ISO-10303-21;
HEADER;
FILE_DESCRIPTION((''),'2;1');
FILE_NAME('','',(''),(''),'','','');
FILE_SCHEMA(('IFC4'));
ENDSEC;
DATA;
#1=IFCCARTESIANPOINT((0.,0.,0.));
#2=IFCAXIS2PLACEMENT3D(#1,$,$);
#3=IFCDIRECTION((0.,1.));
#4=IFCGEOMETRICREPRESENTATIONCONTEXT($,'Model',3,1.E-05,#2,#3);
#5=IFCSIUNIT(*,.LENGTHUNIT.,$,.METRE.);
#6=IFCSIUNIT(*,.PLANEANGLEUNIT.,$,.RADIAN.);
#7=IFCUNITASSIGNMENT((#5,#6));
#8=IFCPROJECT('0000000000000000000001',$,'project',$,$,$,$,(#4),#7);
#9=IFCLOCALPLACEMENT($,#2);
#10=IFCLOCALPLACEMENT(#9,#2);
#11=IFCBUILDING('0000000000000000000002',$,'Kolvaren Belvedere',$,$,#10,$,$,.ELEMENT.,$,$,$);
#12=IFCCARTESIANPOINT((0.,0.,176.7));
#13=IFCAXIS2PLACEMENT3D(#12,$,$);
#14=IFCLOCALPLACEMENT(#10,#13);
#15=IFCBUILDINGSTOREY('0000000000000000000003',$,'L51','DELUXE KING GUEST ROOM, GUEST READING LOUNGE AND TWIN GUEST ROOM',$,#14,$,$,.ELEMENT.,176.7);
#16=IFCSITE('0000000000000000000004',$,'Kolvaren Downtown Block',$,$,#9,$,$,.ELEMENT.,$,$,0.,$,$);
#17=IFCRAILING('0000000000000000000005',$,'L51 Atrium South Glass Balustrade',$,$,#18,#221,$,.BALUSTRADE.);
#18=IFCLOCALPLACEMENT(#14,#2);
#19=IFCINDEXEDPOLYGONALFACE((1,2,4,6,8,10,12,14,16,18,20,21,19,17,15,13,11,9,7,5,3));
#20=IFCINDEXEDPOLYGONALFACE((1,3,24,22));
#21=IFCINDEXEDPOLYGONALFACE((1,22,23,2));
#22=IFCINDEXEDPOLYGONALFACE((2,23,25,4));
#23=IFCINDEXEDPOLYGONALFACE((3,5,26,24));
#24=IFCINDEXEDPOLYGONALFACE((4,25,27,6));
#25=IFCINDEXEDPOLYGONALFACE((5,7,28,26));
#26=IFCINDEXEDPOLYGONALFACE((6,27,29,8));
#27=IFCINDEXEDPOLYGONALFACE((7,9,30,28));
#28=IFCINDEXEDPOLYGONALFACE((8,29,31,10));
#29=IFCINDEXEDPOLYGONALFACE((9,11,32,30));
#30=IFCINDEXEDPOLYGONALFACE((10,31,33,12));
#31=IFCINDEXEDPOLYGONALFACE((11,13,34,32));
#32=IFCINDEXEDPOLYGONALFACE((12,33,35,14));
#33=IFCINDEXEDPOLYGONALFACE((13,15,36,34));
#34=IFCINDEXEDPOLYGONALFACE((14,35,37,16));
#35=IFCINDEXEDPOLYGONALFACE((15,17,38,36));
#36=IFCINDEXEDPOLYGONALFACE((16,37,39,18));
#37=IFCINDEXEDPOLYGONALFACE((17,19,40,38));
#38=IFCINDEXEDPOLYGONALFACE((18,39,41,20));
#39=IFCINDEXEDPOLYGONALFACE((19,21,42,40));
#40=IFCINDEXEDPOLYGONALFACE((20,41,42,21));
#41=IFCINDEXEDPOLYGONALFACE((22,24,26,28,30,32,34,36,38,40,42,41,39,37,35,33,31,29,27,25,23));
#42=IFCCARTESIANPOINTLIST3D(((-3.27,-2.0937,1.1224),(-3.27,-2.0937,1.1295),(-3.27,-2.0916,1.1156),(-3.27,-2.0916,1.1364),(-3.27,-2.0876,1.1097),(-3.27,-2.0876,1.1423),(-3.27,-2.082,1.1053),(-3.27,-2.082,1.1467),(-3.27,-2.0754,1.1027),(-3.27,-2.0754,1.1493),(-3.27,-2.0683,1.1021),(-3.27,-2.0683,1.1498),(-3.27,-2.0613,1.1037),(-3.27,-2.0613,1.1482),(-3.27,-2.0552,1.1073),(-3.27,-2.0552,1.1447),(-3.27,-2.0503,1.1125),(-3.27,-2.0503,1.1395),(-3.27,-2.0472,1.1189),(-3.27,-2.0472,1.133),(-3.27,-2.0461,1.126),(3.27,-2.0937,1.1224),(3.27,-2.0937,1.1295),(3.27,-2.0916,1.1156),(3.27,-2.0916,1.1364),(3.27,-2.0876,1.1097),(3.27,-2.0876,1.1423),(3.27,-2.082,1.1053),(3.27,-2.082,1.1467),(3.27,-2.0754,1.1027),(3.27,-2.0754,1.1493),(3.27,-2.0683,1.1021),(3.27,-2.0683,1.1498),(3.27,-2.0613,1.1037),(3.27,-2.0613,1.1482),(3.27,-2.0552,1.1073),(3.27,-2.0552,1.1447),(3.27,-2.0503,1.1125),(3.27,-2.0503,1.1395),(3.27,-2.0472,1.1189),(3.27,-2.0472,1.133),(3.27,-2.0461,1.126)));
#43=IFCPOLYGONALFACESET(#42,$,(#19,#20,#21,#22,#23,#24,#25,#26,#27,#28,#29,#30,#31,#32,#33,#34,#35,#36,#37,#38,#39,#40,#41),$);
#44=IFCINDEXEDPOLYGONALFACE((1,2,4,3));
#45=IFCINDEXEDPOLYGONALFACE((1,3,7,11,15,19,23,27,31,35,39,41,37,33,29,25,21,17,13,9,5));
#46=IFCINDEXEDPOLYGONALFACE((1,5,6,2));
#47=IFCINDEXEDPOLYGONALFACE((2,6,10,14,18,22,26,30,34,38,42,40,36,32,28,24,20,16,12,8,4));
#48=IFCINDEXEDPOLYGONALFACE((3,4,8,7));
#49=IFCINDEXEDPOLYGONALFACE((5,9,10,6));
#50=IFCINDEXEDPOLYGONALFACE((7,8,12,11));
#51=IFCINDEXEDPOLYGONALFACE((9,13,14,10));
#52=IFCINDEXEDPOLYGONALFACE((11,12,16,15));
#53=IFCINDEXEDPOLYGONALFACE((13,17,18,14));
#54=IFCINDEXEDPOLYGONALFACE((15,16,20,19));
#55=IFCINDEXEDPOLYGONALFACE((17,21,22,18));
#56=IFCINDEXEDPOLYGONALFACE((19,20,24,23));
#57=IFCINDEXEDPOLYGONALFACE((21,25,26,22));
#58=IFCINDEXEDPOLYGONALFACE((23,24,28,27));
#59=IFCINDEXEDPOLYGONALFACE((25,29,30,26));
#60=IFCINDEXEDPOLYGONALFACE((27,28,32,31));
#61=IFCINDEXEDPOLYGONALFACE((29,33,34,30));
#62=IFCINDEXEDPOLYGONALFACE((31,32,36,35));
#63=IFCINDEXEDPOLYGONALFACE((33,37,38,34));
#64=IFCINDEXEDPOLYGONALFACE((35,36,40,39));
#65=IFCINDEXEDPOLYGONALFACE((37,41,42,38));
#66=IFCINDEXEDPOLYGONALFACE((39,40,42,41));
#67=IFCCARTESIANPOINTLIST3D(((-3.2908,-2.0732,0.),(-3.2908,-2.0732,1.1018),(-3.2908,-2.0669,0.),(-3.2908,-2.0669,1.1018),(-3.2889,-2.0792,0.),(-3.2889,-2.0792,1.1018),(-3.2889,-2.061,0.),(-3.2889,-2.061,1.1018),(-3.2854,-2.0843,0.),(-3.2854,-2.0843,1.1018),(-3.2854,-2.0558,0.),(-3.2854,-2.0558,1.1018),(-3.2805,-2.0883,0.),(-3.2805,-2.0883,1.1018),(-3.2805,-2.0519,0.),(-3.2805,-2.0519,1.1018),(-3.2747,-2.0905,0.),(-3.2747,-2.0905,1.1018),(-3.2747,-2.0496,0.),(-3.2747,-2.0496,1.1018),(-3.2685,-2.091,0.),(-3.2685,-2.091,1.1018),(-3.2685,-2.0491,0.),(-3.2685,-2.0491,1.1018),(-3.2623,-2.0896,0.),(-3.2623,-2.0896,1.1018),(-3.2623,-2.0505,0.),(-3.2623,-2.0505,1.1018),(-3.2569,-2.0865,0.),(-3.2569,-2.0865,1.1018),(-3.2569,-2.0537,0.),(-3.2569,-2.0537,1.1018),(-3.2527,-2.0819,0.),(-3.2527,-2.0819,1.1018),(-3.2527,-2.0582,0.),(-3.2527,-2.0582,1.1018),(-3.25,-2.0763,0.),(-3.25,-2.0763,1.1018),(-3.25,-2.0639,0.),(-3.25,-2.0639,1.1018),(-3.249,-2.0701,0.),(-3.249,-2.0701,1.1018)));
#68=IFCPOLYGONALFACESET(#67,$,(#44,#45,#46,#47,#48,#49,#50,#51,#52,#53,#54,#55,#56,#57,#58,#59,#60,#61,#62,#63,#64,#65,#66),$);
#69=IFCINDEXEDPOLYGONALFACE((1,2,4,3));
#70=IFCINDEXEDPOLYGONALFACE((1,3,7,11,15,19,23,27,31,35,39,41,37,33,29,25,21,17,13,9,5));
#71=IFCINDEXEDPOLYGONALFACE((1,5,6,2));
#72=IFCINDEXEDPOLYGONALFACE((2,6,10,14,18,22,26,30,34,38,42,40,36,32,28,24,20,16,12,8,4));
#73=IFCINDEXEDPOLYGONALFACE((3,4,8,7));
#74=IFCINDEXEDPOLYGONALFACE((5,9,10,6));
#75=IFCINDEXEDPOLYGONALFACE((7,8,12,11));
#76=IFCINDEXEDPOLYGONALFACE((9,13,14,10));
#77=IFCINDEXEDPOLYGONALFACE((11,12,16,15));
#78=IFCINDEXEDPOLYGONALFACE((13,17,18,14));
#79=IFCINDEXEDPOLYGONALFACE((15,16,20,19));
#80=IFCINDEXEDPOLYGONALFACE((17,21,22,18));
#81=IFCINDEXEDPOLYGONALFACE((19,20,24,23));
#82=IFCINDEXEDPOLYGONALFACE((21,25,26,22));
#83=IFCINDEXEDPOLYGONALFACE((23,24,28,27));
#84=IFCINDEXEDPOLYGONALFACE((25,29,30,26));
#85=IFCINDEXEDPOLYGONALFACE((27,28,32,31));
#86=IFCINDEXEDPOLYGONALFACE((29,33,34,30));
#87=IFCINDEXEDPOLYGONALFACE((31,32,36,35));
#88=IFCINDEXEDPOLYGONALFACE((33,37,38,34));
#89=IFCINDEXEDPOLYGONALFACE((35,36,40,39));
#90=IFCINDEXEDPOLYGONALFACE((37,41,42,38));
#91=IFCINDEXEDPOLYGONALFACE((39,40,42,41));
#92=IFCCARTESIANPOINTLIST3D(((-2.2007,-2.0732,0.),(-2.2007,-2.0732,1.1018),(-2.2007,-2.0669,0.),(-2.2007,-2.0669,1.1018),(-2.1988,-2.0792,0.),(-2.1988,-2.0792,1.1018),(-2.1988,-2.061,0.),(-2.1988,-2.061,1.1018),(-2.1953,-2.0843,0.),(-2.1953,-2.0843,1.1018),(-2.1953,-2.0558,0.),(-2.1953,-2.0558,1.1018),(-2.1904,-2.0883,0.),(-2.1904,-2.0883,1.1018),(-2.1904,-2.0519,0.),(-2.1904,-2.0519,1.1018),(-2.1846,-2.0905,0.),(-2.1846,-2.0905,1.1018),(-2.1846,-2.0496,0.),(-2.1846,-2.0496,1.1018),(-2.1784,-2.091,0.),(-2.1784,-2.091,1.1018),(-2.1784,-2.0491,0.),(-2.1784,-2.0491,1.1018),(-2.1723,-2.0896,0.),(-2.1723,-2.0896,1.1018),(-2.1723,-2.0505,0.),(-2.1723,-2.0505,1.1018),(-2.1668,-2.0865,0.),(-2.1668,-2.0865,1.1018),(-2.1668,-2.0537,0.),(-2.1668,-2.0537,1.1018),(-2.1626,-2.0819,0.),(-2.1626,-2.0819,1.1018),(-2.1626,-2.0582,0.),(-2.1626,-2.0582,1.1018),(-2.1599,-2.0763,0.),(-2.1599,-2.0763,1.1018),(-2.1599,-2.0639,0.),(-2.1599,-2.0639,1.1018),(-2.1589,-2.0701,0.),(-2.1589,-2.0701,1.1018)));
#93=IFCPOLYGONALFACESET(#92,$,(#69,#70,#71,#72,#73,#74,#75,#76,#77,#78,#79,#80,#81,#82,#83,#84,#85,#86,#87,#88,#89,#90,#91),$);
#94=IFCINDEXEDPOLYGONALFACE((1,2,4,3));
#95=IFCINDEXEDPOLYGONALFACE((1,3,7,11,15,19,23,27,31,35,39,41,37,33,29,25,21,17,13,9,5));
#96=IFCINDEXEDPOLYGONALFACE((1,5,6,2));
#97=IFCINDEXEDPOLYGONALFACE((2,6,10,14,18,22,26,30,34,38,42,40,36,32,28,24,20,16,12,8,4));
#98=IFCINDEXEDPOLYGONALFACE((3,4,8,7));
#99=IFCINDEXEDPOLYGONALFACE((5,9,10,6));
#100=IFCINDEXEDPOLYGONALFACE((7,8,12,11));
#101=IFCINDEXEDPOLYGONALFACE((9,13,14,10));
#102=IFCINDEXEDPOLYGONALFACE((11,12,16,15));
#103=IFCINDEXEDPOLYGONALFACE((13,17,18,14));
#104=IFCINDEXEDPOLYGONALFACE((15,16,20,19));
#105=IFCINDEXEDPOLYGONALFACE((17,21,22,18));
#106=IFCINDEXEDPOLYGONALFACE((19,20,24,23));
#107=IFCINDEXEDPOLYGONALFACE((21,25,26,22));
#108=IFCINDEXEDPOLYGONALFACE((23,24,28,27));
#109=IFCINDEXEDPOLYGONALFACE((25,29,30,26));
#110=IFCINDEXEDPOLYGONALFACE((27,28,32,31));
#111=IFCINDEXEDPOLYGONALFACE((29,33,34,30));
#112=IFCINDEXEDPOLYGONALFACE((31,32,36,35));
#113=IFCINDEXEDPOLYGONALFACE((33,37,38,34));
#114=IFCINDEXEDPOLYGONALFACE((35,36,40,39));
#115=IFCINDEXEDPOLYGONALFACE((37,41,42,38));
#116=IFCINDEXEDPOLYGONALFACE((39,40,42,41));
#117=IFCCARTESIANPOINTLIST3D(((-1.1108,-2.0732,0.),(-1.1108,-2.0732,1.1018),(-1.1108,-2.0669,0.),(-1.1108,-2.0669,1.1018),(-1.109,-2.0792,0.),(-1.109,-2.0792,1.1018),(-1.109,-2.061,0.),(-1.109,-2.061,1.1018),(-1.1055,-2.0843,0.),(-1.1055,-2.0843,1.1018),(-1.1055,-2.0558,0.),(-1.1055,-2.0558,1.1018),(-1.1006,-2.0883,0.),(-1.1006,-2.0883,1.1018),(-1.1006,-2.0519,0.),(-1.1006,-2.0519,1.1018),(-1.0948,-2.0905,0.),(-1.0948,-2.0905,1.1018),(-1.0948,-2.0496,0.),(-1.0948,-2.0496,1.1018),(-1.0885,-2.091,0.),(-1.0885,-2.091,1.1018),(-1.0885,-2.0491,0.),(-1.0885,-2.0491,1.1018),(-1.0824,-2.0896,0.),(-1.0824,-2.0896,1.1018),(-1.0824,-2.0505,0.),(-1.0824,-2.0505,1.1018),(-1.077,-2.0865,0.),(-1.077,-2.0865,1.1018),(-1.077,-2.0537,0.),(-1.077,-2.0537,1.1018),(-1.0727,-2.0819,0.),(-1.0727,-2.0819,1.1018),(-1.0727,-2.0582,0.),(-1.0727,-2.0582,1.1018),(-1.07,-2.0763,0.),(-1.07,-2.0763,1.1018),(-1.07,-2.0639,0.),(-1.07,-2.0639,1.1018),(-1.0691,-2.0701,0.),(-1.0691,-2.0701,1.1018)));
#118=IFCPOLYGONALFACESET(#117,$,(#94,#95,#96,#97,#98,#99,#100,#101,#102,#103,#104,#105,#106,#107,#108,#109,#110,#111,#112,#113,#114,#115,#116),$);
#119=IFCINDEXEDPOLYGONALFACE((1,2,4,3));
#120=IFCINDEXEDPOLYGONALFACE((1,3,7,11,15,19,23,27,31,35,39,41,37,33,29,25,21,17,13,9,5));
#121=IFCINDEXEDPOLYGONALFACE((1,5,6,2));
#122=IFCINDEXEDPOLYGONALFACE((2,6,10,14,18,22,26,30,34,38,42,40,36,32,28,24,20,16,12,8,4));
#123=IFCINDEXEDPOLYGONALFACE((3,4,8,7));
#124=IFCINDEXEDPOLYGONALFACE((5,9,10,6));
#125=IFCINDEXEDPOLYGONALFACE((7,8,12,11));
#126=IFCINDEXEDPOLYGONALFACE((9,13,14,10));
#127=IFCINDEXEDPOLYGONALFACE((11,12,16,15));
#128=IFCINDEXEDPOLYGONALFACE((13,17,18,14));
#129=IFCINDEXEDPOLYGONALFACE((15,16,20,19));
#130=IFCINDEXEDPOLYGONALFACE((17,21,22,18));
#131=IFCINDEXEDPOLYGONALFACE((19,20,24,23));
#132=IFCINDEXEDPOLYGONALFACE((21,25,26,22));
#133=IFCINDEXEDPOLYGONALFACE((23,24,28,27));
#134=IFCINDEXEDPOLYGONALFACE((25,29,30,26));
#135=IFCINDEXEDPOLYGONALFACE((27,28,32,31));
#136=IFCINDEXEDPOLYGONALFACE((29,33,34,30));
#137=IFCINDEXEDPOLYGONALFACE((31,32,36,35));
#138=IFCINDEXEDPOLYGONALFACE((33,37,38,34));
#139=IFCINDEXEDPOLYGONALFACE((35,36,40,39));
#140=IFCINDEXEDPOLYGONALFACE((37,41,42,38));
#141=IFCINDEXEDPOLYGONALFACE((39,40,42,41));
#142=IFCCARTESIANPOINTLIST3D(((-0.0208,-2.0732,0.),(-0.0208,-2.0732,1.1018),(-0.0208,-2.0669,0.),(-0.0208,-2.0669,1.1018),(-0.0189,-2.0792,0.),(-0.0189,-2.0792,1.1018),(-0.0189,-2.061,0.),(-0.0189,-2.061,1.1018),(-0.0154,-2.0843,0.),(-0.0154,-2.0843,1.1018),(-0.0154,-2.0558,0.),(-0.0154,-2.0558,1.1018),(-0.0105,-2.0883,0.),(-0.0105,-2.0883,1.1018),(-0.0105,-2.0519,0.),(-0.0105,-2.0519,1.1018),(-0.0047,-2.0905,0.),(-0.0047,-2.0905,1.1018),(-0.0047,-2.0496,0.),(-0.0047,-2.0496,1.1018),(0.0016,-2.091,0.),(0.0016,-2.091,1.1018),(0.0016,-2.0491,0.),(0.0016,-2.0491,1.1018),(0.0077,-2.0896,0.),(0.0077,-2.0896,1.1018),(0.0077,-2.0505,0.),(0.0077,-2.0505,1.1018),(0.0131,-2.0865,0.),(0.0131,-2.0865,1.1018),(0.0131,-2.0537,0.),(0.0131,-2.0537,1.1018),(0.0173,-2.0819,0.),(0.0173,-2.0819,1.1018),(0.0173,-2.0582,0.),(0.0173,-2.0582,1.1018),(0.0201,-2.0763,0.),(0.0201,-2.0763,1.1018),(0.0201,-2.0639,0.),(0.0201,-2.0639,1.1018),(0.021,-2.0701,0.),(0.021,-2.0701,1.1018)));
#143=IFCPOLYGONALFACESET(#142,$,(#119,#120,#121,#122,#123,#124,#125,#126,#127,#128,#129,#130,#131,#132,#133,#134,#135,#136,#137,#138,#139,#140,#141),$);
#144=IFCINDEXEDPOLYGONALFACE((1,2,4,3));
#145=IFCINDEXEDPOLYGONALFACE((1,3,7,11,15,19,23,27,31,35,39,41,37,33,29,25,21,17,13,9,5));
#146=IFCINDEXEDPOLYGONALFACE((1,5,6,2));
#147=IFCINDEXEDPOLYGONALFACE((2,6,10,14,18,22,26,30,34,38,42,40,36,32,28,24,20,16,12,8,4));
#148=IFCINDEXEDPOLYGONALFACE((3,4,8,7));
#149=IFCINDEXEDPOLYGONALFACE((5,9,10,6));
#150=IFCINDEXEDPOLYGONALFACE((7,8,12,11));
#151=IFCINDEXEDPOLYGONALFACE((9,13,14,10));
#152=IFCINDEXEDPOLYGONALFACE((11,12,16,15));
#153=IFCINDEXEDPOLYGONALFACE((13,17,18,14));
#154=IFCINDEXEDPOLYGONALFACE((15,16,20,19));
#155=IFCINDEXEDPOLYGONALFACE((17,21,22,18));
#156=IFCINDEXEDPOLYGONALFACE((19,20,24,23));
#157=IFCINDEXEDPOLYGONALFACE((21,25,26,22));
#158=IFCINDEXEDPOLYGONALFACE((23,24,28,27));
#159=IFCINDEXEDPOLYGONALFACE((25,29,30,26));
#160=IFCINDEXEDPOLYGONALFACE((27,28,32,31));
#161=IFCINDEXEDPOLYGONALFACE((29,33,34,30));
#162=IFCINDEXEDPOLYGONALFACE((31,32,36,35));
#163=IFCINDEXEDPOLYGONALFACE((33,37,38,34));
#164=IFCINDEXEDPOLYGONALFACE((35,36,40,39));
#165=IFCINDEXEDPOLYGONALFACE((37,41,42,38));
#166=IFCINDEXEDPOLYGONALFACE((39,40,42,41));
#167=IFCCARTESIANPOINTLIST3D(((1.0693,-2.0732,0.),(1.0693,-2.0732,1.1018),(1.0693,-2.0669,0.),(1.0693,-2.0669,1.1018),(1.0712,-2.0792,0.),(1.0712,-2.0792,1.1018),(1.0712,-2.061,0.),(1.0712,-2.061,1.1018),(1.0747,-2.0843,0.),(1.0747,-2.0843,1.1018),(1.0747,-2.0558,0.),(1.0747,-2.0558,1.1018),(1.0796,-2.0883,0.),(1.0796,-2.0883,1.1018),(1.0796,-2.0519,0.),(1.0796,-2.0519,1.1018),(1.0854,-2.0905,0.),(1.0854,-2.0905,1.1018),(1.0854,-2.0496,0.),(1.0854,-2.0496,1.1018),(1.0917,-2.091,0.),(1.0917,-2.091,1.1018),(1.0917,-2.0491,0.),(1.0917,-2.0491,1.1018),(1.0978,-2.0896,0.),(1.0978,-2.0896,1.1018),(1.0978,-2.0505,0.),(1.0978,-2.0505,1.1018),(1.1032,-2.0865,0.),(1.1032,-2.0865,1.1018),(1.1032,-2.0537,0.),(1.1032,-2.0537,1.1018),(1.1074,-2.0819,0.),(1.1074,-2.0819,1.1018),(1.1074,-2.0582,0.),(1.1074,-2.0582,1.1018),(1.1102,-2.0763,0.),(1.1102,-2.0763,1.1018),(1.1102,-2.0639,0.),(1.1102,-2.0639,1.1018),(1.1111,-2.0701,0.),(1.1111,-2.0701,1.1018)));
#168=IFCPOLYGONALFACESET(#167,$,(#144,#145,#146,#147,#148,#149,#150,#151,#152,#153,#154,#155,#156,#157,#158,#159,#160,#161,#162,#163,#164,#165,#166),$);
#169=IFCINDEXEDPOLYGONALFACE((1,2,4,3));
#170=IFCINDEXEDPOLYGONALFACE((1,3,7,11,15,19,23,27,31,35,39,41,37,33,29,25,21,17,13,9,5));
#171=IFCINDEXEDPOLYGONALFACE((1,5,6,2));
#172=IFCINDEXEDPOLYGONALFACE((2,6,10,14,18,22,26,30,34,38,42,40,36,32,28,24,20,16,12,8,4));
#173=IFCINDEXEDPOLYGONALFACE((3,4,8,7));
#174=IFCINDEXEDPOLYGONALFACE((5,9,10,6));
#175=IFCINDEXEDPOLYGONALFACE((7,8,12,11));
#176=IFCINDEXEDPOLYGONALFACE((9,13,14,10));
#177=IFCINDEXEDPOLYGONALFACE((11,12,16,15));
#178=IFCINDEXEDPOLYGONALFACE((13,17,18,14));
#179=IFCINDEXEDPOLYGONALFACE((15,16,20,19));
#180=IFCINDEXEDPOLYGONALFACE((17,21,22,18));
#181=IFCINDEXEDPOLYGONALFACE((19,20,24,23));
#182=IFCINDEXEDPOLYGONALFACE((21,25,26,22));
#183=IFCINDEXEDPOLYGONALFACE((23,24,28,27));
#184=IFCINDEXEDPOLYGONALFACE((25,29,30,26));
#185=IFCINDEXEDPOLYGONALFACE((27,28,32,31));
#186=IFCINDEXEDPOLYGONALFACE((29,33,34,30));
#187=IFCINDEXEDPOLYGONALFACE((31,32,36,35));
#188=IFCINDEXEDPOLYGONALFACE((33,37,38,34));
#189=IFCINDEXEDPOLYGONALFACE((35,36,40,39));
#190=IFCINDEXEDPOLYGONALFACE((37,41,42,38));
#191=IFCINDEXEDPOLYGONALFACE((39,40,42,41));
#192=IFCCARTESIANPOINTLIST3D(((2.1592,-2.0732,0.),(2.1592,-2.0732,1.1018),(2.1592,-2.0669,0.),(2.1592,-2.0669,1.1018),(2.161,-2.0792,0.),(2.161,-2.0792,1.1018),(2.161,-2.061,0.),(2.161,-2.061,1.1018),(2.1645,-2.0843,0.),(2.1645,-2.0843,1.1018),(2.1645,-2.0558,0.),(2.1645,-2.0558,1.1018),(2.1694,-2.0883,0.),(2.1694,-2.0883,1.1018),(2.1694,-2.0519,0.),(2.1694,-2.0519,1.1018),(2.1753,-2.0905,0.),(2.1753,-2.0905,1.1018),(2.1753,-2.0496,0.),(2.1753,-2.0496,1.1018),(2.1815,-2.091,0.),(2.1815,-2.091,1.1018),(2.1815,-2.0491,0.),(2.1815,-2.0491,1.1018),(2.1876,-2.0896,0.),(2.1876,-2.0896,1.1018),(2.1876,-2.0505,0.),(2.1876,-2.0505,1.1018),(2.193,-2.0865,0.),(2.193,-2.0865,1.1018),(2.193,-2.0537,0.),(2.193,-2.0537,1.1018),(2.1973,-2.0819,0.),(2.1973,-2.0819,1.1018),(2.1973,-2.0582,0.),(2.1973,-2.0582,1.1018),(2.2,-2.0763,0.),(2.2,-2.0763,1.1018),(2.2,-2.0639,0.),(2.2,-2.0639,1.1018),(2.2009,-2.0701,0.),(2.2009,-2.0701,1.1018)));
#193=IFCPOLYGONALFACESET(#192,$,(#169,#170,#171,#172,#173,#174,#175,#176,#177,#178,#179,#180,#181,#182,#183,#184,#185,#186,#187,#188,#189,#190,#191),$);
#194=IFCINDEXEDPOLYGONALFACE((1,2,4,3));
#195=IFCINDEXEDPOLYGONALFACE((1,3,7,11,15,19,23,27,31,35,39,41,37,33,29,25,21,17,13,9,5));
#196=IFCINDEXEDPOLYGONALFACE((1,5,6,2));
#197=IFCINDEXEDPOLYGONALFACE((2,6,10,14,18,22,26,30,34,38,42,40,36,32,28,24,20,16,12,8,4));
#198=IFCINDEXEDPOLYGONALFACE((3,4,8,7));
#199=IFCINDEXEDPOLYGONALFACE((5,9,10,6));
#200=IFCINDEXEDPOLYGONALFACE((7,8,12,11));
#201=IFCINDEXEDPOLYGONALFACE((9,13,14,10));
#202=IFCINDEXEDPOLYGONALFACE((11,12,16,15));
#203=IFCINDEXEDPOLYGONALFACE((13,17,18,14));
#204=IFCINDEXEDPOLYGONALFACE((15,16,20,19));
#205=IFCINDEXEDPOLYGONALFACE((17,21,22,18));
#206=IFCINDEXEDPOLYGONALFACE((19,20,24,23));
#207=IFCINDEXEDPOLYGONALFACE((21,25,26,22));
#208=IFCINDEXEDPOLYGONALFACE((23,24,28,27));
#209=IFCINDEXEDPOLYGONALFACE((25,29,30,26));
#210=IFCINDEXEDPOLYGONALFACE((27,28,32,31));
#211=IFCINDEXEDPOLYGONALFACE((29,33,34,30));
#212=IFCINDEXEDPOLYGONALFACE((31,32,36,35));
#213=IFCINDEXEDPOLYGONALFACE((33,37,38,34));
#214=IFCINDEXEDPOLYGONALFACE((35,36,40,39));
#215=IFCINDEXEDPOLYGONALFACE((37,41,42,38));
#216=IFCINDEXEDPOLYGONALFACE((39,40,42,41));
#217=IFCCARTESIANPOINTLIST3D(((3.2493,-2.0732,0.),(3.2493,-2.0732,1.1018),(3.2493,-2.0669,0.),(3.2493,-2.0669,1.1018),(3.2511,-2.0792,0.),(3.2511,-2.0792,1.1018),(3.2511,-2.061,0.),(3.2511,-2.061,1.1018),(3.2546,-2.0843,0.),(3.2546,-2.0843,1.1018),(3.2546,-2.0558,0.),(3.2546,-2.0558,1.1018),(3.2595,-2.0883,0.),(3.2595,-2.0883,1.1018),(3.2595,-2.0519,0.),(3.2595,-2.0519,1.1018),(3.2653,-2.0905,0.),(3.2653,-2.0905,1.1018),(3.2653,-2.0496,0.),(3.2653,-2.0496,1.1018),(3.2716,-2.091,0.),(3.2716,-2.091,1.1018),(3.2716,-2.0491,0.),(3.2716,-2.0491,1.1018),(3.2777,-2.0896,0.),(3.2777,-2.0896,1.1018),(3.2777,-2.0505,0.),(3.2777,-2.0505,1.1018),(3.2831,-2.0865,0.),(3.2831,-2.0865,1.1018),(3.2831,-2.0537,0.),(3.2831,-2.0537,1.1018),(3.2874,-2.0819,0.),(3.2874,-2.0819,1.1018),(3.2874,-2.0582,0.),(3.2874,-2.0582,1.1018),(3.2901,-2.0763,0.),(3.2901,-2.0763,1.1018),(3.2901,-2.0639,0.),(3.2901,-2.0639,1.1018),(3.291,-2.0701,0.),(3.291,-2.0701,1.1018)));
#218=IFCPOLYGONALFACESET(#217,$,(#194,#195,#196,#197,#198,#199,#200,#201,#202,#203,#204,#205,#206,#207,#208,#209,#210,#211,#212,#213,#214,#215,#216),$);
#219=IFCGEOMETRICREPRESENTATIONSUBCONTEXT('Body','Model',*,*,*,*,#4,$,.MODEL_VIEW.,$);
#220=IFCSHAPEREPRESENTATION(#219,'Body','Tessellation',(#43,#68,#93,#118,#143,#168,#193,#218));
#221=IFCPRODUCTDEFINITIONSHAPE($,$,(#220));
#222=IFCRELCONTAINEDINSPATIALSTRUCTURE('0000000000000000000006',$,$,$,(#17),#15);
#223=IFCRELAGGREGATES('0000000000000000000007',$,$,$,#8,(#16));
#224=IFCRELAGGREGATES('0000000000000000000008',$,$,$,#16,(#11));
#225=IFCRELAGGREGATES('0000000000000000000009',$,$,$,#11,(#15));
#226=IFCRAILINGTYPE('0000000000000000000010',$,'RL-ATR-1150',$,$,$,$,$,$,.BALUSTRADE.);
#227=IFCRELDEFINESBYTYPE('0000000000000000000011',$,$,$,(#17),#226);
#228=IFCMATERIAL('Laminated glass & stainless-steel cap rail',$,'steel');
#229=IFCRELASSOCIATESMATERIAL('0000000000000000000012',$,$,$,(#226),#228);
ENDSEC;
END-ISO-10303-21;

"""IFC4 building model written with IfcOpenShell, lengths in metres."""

from ifc_helpers import new_model, si_unit, direction, frame, origin, origin_2d, place, context, subcontext, project, spatial, circle, extrude, material, type_object, element, save


model = new_model("IFC4")

# Units and contexts
model_context = context("Model", 3, precision=1e-05, world=origin(), true_north=direction((0.0, 1.0)))
body_context = subcontext(model_context, "Body", "Model", "MODEL_VIEW")
ifc_project = project(units=[si_unit("LENGTHUNIT", "METRE"), si_unit("PLANEANGLEUNIT", "RADIAN")], contexts=[model_context])

# Site, building, storey
site_placement = place(None, origin())
site = spatial("IfcSite", under=ifc_project, at=site_placement, Name="Kolvaren Downtown Block", CompositionType="ELEMENT", RefElevation=0.0)
building_placement = place(site_placement, origin())
building = spatial("IfcBuilding", under=site, at=building_placement, Name="Kolvaren Belvedere", CompositionType="ELEMENT")
storey_placement = place(building_placement, frame((0.0, 0.0, 176.7)))
storey = spatial("IfcBuildingStorey", under=building, at=storey_placement, Name="L51", Description="DELUXE KING GUEST ROOM, GUEST READING LOUNGE AND TWIN GUEST ROOM", CompositionType="ELEMENT", Elevation=176.7)

# Railing
ifc_material_1 = material(Name="Laminated glass & stainless-steel cap rail", Category="steel")
railing_type_1 = type_object("IfcRailingType", Name="RL-ATR-1150", PredefinedType="BALUSTRADE", material=ifc_material_1)
railing_1_placement = place(storey_placement, frame((-3.27, -2.0701, 0.0)))
element("IfcRailing", 1, at=railing_1_placement, inside=storey, type_object=railing_type_1, Name="L51 Atrium South Glass Balustrade", PredefinedType="BALUSTRADE", context=body_context, shape_type="SweptSolid", body=[
    extrude(circle(Radius=0.0239, at=origin_2d()), frame((0.0, 0.0, 1.126), z_axis=(1.0, 0.0, 0.0), x_axis=(0.0, 1.0, 0.0)), (0.0, 0.0, 1.0), 6.54),
    extrude(circle(Radius=0.021, at=origin_2d()), origin(), (0.0, 0.0, 1.0), 1.1018),
    extrude(circle(Radius=0.021, at=origin_2d()), frame((1.0901, 0.0, 0.0)), (0.0, 0.0, 1.0), 1.1018),
    extrude(circle(Radius=0.021, at=origin_2d()), frame((2.1799, 0.0, 0.0)), (0.0, 0.0, 1.0), 1.1018),
    extrude(circle(Radius=0.021, at=origin_2d()), frame((3.27, 0.0, 0.0)), (0.0, 0.0, 1.0), 1.1018),
    extrude(circle(Radius=0.021, at=origin_2d()), frame((4.3601, 0.0, 0.0)), (0.0, 0.0, 1.0), 1.1018),
    extrude(circle(Radius=0.021, at=origin_2d()), frame((5.45, 0.0, 0.0)), (0.0, 0.0, 1.0), 1.1018),
    extrude(circle(Radius=0.021, at=origin_2d()), frame((6.54, 0.0, 0.0)), (0.0, 0.0, 1.0), 1.1018),
])

save(model, "model.ifc")
